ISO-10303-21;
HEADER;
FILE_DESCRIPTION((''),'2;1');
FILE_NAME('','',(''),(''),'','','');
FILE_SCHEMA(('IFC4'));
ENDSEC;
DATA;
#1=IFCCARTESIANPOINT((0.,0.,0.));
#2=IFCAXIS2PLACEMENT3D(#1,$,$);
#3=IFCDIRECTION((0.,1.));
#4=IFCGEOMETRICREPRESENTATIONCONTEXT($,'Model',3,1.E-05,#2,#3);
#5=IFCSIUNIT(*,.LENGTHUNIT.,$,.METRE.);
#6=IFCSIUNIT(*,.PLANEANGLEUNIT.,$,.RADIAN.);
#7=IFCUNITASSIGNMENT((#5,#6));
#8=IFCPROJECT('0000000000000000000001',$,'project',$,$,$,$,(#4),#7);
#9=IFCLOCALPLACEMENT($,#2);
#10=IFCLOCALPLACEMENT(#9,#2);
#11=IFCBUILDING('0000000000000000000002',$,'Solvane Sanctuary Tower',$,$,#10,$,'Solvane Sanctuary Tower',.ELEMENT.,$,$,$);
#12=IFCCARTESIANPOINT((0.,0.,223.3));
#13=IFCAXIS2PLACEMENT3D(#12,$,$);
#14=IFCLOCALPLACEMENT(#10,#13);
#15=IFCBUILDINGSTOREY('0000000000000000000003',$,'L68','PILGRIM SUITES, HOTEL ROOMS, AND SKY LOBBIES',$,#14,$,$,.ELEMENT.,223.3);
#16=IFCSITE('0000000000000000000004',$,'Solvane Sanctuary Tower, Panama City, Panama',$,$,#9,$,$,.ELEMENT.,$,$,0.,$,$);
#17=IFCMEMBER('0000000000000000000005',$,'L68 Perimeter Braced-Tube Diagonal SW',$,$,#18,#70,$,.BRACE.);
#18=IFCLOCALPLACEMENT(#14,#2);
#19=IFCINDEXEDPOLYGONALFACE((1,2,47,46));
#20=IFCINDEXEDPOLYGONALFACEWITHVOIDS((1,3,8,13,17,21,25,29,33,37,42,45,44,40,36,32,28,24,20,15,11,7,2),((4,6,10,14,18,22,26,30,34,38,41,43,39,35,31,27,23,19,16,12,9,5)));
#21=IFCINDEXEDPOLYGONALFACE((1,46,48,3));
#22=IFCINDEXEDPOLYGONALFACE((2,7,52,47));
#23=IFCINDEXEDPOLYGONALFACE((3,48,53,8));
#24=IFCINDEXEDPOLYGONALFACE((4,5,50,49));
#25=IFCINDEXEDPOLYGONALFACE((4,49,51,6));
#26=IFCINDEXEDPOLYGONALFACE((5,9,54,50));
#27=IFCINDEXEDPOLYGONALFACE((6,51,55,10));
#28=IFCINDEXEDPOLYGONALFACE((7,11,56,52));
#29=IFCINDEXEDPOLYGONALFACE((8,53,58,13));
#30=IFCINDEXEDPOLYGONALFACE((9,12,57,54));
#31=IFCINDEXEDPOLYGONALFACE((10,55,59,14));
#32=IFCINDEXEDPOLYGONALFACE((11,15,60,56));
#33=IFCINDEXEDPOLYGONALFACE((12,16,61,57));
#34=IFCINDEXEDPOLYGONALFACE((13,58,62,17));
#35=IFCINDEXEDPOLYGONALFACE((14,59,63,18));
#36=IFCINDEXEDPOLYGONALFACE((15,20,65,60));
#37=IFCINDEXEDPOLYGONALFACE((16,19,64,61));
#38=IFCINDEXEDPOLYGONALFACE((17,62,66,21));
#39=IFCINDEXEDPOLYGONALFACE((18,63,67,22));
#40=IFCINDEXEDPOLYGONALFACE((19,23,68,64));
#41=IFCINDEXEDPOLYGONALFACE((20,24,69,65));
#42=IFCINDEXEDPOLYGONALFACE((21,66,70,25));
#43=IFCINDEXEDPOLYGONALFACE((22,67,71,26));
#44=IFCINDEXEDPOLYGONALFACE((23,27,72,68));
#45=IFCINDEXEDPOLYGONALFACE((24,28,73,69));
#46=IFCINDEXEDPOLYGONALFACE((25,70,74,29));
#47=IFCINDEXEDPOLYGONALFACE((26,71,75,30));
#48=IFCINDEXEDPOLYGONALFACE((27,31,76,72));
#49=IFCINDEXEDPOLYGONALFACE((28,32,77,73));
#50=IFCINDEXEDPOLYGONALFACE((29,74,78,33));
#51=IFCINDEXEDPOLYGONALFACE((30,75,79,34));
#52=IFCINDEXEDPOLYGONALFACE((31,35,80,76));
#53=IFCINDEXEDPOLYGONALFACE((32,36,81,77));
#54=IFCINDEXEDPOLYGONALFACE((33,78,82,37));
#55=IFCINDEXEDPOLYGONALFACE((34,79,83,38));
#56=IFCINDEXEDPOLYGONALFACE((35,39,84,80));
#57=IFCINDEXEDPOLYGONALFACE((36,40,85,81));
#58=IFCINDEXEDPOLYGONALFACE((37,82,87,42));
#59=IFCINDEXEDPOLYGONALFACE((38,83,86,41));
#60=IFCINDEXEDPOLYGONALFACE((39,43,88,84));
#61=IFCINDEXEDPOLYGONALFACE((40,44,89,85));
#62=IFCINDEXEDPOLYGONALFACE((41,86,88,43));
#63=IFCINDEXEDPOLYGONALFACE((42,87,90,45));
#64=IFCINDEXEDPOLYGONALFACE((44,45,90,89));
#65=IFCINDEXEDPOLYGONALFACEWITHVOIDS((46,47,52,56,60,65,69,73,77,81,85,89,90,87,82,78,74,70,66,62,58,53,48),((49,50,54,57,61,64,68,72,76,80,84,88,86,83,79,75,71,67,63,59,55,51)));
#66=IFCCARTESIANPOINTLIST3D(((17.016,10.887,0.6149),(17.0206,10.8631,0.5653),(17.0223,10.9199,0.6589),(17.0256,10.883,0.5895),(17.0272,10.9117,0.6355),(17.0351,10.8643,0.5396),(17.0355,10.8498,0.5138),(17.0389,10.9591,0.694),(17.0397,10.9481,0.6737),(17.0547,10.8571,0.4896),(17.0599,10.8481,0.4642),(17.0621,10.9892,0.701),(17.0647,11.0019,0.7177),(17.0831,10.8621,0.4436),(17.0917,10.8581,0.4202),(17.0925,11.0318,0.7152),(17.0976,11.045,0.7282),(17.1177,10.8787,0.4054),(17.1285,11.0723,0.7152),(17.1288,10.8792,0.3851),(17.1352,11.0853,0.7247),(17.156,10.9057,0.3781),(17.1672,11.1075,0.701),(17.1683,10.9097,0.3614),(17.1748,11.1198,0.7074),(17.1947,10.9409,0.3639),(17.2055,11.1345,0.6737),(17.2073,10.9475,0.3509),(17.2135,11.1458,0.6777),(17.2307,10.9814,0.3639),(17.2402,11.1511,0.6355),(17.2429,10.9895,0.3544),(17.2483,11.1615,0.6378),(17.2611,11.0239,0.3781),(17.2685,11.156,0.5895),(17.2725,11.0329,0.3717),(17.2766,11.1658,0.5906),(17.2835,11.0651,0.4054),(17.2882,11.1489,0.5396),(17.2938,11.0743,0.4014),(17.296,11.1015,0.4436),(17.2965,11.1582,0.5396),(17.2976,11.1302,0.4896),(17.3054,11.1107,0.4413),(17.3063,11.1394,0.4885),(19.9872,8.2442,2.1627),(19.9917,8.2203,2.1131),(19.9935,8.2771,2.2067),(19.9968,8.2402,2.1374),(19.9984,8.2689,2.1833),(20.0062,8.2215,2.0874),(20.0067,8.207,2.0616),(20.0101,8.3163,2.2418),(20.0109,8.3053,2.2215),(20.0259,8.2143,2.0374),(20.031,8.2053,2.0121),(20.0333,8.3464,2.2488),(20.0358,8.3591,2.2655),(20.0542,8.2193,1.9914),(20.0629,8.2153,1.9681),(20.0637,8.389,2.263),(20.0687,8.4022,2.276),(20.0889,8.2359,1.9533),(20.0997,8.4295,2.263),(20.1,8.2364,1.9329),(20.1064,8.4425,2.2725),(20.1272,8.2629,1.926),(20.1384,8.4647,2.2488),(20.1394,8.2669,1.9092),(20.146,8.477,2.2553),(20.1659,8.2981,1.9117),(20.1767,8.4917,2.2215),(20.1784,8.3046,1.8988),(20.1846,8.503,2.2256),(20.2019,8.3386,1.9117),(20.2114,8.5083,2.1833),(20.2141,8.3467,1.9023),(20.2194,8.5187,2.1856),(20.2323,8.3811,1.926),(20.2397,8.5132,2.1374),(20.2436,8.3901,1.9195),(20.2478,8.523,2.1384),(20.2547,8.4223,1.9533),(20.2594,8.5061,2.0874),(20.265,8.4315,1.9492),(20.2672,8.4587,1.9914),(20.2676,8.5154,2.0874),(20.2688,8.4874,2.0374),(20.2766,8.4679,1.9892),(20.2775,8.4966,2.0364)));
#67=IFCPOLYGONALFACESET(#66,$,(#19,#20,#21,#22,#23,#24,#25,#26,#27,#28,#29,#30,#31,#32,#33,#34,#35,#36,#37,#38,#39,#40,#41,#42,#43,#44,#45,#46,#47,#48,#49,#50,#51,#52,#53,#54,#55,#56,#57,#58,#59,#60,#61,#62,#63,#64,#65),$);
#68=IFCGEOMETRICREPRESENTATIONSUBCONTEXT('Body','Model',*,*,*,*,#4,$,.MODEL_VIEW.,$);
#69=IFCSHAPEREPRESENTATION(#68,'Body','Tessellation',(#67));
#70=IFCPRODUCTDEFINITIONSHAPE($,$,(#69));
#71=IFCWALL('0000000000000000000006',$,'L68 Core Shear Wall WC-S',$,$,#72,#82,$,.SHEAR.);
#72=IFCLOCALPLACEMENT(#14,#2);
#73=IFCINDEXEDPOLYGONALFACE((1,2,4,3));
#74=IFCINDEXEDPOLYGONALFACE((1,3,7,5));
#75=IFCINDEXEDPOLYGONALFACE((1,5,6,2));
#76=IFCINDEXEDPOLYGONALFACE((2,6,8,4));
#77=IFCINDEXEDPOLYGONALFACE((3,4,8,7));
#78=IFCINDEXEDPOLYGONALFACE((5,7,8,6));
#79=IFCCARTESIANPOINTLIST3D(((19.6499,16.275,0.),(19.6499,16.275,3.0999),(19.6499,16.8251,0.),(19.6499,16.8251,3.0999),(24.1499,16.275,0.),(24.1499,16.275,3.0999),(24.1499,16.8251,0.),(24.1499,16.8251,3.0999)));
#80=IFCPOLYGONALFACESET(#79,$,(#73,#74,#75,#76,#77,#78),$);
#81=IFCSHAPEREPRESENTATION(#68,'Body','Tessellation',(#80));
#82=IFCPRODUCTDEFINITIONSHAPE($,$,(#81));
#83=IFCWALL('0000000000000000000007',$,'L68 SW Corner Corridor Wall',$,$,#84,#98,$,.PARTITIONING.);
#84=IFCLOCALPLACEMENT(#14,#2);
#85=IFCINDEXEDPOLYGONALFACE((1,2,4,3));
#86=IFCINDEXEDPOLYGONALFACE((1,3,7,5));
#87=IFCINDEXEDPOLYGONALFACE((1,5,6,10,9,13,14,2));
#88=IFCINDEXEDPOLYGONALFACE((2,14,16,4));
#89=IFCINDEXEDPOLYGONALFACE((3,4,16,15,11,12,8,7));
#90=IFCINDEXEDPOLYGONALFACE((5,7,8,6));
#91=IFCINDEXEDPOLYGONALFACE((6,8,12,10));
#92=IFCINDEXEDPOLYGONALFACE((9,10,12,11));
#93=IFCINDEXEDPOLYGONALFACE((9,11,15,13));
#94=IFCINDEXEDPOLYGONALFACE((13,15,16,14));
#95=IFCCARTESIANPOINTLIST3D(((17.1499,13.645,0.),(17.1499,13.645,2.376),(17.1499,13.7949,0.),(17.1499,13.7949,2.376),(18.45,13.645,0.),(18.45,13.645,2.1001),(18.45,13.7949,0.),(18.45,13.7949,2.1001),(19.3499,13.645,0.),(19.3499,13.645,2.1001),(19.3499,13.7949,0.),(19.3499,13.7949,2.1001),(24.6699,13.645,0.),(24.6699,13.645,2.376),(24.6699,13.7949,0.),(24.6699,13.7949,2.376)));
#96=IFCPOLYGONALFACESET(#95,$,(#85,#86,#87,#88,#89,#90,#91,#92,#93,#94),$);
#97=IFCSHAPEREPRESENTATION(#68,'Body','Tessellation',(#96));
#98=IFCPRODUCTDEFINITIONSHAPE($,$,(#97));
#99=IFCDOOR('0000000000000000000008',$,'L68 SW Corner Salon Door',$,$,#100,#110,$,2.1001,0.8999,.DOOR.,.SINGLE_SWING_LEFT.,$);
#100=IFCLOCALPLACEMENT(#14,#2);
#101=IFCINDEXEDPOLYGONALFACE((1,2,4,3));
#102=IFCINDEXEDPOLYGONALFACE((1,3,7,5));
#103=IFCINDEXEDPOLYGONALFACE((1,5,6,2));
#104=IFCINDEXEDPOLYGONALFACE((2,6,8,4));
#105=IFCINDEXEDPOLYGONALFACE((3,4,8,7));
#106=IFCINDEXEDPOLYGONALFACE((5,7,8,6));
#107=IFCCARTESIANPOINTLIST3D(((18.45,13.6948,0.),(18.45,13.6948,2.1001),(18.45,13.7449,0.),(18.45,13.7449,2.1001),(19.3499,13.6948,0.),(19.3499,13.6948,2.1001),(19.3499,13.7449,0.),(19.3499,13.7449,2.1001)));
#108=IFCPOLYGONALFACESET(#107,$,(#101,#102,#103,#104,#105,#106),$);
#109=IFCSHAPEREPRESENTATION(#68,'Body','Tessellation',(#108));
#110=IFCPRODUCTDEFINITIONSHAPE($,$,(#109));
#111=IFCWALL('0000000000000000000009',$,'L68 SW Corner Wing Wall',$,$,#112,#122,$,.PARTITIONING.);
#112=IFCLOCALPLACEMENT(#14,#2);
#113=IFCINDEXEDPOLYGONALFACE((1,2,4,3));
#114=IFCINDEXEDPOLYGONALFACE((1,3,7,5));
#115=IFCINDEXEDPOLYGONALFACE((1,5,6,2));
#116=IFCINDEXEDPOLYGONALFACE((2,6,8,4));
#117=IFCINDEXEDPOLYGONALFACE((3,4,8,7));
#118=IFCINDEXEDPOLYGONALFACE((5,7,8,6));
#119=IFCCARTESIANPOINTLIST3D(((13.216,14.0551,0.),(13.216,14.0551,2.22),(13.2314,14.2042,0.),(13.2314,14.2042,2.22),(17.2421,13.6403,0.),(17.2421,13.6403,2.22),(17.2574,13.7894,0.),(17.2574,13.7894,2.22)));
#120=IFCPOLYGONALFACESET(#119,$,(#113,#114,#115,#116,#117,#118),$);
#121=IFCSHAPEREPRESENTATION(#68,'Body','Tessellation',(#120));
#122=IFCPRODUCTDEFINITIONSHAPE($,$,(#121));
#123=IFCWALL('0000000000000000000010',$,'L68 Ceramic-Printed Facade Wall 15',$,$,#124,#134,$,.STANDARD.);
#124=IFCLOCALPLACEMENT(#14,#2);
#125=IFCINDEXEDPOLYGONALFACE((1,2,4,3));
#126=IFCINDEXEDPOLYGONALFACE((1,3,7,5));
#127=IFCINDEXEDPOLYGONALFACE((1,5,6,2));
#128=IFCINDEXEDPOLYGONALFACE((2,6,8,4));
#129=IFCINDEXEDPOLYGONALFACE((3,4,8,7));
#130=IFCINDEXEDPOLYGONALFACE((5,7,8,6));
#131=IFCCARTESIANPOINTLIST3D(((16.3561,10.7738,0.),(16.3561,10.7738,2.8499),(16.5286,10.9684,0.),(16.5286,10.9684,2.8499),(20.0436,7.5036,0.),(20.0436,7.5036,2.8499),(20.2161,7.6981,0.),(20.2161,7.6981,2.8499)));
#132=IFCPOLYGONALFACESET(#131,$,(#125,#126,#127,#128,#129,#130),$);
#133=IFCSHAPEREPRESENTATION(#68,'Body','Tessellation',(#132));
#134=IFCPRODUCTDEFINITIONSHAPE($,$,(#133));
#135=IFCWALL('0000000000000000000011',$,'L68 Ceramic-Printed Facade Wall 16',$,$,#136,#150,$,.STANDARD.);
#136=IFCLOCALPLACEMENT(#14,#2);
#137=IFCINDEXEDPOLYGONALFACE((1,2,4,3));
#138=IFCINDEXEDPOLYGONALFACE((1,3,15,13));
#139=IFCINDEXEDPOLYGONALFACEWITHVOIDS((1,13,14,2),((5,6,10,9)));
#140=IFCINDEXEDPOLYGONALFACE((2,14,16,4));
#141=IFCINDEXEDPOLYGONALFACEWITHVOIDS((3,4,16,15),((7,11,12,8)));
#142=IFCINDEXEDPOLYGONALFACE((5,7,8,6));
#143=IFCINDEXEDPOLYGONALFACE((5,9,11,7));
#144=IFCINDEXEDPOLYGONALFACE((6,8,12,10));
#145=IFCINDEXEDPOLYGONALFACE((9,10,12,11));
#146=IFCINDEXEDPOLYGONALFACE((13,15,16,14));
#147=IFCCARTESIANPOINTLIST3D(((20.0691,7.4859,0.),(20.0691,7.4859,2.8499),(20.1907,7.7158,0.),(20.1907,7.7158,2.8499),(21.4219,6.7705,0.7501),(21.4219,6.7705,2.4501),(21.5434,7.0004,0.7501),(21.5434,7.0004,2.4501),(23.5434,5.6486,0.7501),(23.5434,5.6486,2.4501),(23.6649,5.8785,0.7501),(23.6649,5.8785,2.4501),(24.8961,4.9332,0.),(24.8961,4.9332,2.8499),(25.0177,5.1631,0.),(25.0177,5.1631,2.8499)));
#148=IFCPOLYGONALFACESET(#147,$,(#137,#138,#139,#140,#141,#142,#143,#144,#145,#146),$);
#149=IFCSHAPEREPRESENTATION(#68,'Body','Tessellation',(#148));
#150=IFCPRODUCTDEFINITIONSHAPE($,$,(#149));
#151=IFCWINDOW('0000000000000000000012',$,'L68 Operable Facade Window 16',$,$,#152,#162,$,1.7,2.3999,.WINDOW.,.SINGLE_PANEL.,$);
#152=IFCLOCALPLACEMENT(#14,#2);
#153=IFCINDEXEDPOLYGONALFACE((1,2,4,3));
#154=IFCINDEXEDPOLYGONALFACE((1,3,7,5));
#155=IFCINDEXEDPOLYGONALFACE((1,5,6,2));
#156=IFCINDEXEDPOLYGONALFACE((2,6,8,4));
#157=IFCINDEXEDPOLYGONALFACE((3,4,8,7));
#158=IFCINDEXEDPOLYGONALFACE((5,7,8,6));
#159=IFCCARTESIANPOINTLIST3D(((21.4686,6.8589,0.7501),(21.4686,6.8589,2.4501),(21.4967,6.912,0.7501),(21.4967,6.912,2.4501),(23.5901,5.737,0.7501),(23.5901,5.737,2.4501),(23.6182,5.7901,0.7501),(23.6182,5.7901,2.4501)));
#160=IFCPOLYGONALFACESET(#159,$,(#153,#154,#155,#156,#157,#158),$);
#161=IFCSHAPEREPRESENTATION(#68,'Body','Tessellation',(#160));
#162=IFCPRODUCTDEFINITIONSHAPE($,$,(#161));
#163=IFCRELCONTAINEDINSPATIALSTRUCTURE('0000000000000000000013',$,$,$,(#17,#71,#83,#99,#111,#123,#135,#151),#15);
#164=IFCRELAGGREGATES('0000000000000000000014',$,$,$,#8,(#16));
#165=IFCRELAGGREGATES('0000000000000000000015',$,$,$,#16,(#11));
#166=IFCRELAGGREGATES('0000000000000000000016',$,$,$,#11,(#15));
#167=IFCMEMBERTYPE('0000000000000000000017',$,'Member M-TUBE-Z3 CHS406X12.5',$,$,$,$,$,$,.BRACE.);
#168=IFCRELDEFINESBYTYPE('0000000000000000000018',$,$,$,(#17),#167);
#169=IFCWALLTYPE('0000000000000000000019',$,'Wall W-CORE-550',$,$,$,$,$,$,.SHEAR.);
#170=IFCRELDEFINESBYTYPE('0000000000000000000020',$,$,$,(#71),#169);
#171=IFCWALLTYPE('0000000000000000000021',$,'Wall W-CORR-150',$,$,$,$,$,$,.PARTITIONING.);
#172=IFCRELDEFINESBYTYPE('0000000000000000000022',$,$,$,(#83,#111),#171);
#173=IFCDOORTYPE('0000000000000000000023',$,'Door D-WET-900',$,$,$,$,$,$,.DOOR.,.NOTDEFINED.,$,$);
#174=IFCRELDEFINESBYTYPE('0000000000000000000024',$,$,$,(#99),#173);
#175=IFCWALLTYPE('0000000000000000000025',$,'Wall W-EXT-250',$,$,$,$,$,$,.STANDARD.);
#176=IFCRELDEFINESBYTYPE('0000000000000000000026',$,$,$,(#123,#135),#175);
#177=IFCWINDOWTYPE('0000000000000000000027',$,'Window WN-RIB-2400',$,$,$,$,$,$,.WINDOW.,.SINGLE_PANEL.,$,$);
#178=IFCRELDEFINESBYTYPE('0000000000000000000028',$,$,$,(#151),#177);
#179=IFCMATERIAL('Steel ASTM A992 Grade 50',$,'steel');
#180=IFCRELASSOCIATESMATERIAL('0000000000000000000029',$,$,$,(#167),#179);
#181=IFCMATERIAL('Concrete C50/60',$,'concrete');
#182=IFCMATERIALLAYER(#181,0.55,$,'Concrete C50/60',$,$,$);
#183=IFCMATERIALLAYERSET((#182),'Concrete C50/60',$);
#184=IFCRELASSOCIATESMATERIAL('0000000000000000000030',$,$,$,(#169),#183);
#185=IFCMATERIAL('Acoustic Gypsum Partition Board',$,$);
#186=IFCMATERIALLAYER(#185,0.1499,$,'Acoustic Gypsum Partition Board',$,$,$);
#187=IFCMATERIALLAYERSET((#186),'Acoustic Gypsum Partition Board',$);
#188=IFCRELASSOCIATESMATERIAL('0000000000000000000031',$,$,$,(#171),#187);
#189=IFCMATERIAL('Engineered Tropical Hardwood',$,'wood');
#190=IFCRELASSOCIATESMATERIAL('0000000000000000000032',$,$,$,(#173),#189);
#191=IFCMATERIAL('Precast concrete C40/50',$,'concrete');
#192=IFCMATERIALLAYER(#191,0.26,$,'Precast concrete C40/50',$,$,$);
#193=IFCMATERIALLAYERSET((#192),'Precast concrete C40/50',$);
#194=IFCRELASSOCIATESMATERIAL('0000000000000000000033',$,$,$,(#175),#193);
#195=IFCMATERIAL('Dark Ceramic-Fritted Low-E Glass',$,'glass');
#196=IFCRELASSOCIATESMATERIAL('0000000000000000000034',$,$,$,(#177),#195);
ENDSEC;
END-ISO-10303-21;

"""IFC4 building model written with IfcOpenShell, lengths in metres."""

from ifc_helpers import new_model, si_unit, direction, frame, frame_2d, origin, origin_2d, place, context, subcontext, project, spatial, rectangle, hollow_circle, extrude, material, layer, layer_set, material_profile, profile_set, type_object, element, fill, save


model = new_model("IFC4")

# Units and contexts
model_context = context("Model", 3, precision=1e-05, world=origin(), true_north=direction((0.0, 1.0)))
body_context = subcontext(model_context, "Body", "Model", "MODEL_VIEW")
ifc_project = project(units=[si_unit("LENGTHUNIT", "METRE"), si_unit("PLANEANGLEUNIT", "RADIAN")], contexts=[model_context])

# Site, building, storey
site_placement = place(None, origin())
site = spatial("IfcSite", under=ifc_project, at=site_placement, Name="Solvane Sanctuary Tower, Panama City, Panama", CompositionType="ELEMENT", RefElevation=0.0)
building_placement = place(site_placement, origin())
building = spatial("IfcBuilding", under=site, at=building_placement, Name="Solvane Sanctuary Tower", LongName="Solvane Sanctuary Tower", CompositionType="ELEMENT")
storey_placement = place(building_placement, frame((0.0, 0.0, 223.3)))
storey = spatial("IfcBuildingStorey", under=building, at=storey_placement, Name="L68", Description="PILGRIM SUITES, HOTEL ROOMS, AND SKY LOBBIES", CompositionType="ELEMENT", Elevation=223.3)

# Shared definitions
ifc_material_1 = material(Name="Concrete C50/60", Category="concrete")

# Shared definitions
ifc_material_2 = material(Name="Steel ASTM A992 Grade 50", Category="steel")

# Member
ifc_material_profile_1 = material_profile(ifc_material_2, hollow_circle(Radius=0.2029, WallThickness=0.0125, at=origin_2d()), Name="CHS406X12.5")
ifc_profile_set_1 = profile_set([ifc_material_profile_1], Name="Steel ASTM A992 Grade 50")
member_type = type_object("IfcMemberType", Name="Member M-TUBE-Z3 CHS406X12.5", PredefinedType="BRACE", material=ifc_profile_set_1)
member_placement = place(storey_placement, frame((17.1616, 11.0066, 0.5396), z_axis=(0.696299, -0.619345, 0.362739), x_axis=(0.664612, 0.747189, 0.0)))
element("IfcMember", 1, at=member_placement, inside=storey, type_object=member_type, Name="L68 Perimeter Braced-Tube Diagonal SW", PredefinedType="BRACE", context=body_context, shape_type="SweptSolid", body=[
    extrude(hollow_circle(Radius=0.2029, WallThickness=0.0125, at=origin_2d()), origin(), (0.0, 0.0, 1.0), 4.2671),
])

# Wall
ifc_layer_1 = layer(ifc_material_1, 0.55, Name="Concrete C50/60")
ifc_layer_set_1 = layer_set([ifc_layer_1], Name="Concrete C50/60")
wall_type_1 = type_object("IfcWallType", Name="Wall W-CORE-550", PredefinedType="SHEAR", material=ifc_layer_set_1)
wall_1_placement = place(storey_placement, frame((19.6499, 16.55, 0.0), z_axis=(0.0, 0.0, 1.0), x_axis=(1.0, 0.0, 0.0)))
element("IfcWall", 2, at=wall_1_placement, inside=storey, type_object=wall_type_1, Name="L68 Core Shear Wall WC-S", PredefinedType="SHEAR", context=body_context, shape_type="SweptSolid", body=[
    extrude(rectangle(XDim=4.5, YDim=0.55, at=frame_2d((2.25, 0.0))), origin(), (0.0, 0.0, 1.0), 3.0999),
])

# Wall, opening, door
ifc_material_3 = material(Name="Acoustic Gypsum Partition Board")
ifc_layer_2 = layer(ifc_material_3, 0.1499, Name="Acoustic Gypsum Partition Board")
ifc_layer_set_2 = layer_set([ifc_layer_2], Name="Acoustic Gypsum Partition Board")
wall_type_2 = type_object("IfcWallType", Name="Wall W-CORR-150", PredefinedType="PARTITIONING", material=ifc_layer_set_2)
wall_2_placement = place(storey_placement, frame((17.1499, 13.72, 0.0), z_axis=(0.0, 0.0, 1.0), x_axis=(1.0, 0.0, 0.0)))
wall_2 = element("IfcWall", 3, at=wall_2_placement, inside=storey, type_object=wall_type_2, Name="L68 SW Corner Corridor Wall", PredefinedType="PARTITIONING", context=body_context, shape_type="SweptSolid", body=[
    extrude(rectangle(XDim=7.52, YDim=0.1499, at=frame_2d((3.76, 0.0))), origin(), (0.0, 0.0, 1.0), 2.376),
])
opening_1_placement = place(wall_2_placement, frame((1.3, 0.0, 0.0)))
opening_1 = element("IfcOpeningElement", 4, at=opening_1_placement, cuts=wall_2, PredefinedType="OPENING", context=body_context, shape_type="SweptSolid", body=[
    extrude(rectangle(XDim=0.8999, YDim=2.1001, at=frame_2d((0.45, 1.05))), frame((0.0, 0.085, 0.0), z_axis=(0.0, -1.0, 0.0), x_axis=(1.0, 0.0, 0.0)), (0.0, 0.0, 1.0), 0.1699),
])
ifc_material_4 = material(Name="Engineered Tropical Hardwood", Category="wood")
door_type_1 = type_object("IfcDoorType", Name="Door D-WET-900", OperationType="NOTDEFINED", PredefinedType="DOOR", material=ifc_material_4)
door_1_placement = place(opening_1_placement, origin())
door_1 = element("IfcDoor", 5, at=door_1_placement, inside=storey, type_object=door_type_1, Name="L68 SW Corner Salon Door", OperationType="SINGLE_SWING_LEFT", OverallHeight=2.1001, OverallWidth=0.8999, PredefinedType="DOOR", context=body_context, shape_type="SweptSolid", body=[
    extrude(rectangle(XDim=0.8999, YDim=2.1001, at=frame_2d((0.45, 1.05))), frame((0.0, 0.0249, 0.0), z_axis=(0.0, -1.0, 0.0), x_axis=(1.0, 0.0, 0.0)), (0.0, 0.0, 1.0), 0.05),
])
fill(opening_1, door_1)

# Walls
wall_3_placement = place(storey_placement, frame((17.2498, 13.7148, 0.0), z_axis=(0.0, 0.0, 1.0), x_axis=(-0.994735, 0.102483, 0.0)))
element("IfcWall", 6, at=wall_3_placement, inside=storey, type_object=wall_type_2, Name="L68 SW Corner Wing Wall", PredefinedType="PARTITIONING", context=body_context, shape_type="SweptSolid", body=[
    extrude(rectangle(XDim=4.0474, YDim=0.1499, at=frame_2d((2.0237, 0.0))), origin(), (0.0, 0.0, 1.0), 2.22),
])
ifc_material_5 = material(Name="Precast concrete C40/50", Category="concrete")
ifc_layer_3 = layer(ifc_material_5, 0.26, Name="Precast concrete C40/50")
ifc_layer_set_3 = layer_set([ifc_layer_3], Name="Precast concrete C40/50")
wall_type_3 = type_object("IfcWallType", Name="Wall W-EXT-250", PredefinedType="STANDARD", material=ifc_layer_set_3)
wall_4_placement = place(storey_placement, frame((16.4424, 10.8711, 0.0), z_axis=(0.0, 0.0, 1.0), x_axis=(0.748166, -0.663512, 0.0)))
element("IfcWall", 7, at=wall_4_placement, inside=storey, type_object=wall_type_3, Name="L68 Ceramic-Printed Facade Wall 15", PredefinedType="STANDARD", context=body_context, shape_type="SweptSolid", body=[
    extrude(rectangle(XDim=4.9287, YDim=0.26, at=frame_2d((2.4644, 0.0))), origin(), (0.0, 0.0, 1.0), 2.8499),
])

# Wall, opening, window
wall_5_placement = place(storey_placement, frame((20.1299, 7.6008, 0.0), z_axis=(0.0, 0.0, 1.0), x_axis=(0.884001, -0.467485, 0.0)))
wall_5 = element("IfcWall", 8, at=wall_5_placement, inside=storey, type_object=wall_type_3, Name="L68 Ceramic-Printed Facade Wall 16", PredefinedType="STANDARD", context=body_context, shape_type="SweptSolid", body=[
    extrude(rectangle(XDim=5.4604, YDim=0.26, at=frame_2d((2.7302, 0.0))), origin(), (0.0, 0.0, 1.0), 2.8499),
])
opening_2_placement = place(wall_5_placement, frame((1.5303, 0.0, 0.75)))
opening_2 = element("IfcOpeningElement", 9, at=opening_2_placement, cuts=wall_5, PredefinedType="OPENING", context=body_context, shape_type="SweptSolid", body=[
    extrude(rectangle(XDim=2.3999, YDim=1.7, at=frame_2d((1.2, 0.8501))), frame((0.0, 0.1399, 0.0), z_axis=(0.0, -1.0, 0.0), x_axis=(1.0, 0.0, 0.0)), (0.0, 0.0, 1.0), 0.28),
])
ifc_material_6 = material(Name="Dark Ceramic-Fritted Low-E Glass", Category="glass")
window_type = type_object("IfcWindowType", Name="Window WN-RIB-2400", PartitioningType="SINGLE_PANEL", PredefinedType="WINDOW", material=ifc_material_6)
window_placement = place(opening_2_placement, origin())
window = element("IfcWindow", 10, at=window_placement, inside=storey, type_object=window_type, Name="L68 Operable Facade Window 16", OverallHeight=1.7, OverallWidth=2.3999, PartitioningType="SINGLE_PANEL", PredefinedType="WINDOW", context=body_context, shape_type="SweptSolid", body=[
    extrude(rectangle(XDim=2.3999, YDim=1.7, at=frame_2d((1.2, 0.8501))), frame((0.0, 0.03, 0.0), z_axis=(0.0, -1.0, 0.0), x_axis=(1.0, 0.0, 0.0)), (0.0, 0.0, 1.0), 0.0601),
])
fill(opening_2, window)

save(model, "model.ifc")
